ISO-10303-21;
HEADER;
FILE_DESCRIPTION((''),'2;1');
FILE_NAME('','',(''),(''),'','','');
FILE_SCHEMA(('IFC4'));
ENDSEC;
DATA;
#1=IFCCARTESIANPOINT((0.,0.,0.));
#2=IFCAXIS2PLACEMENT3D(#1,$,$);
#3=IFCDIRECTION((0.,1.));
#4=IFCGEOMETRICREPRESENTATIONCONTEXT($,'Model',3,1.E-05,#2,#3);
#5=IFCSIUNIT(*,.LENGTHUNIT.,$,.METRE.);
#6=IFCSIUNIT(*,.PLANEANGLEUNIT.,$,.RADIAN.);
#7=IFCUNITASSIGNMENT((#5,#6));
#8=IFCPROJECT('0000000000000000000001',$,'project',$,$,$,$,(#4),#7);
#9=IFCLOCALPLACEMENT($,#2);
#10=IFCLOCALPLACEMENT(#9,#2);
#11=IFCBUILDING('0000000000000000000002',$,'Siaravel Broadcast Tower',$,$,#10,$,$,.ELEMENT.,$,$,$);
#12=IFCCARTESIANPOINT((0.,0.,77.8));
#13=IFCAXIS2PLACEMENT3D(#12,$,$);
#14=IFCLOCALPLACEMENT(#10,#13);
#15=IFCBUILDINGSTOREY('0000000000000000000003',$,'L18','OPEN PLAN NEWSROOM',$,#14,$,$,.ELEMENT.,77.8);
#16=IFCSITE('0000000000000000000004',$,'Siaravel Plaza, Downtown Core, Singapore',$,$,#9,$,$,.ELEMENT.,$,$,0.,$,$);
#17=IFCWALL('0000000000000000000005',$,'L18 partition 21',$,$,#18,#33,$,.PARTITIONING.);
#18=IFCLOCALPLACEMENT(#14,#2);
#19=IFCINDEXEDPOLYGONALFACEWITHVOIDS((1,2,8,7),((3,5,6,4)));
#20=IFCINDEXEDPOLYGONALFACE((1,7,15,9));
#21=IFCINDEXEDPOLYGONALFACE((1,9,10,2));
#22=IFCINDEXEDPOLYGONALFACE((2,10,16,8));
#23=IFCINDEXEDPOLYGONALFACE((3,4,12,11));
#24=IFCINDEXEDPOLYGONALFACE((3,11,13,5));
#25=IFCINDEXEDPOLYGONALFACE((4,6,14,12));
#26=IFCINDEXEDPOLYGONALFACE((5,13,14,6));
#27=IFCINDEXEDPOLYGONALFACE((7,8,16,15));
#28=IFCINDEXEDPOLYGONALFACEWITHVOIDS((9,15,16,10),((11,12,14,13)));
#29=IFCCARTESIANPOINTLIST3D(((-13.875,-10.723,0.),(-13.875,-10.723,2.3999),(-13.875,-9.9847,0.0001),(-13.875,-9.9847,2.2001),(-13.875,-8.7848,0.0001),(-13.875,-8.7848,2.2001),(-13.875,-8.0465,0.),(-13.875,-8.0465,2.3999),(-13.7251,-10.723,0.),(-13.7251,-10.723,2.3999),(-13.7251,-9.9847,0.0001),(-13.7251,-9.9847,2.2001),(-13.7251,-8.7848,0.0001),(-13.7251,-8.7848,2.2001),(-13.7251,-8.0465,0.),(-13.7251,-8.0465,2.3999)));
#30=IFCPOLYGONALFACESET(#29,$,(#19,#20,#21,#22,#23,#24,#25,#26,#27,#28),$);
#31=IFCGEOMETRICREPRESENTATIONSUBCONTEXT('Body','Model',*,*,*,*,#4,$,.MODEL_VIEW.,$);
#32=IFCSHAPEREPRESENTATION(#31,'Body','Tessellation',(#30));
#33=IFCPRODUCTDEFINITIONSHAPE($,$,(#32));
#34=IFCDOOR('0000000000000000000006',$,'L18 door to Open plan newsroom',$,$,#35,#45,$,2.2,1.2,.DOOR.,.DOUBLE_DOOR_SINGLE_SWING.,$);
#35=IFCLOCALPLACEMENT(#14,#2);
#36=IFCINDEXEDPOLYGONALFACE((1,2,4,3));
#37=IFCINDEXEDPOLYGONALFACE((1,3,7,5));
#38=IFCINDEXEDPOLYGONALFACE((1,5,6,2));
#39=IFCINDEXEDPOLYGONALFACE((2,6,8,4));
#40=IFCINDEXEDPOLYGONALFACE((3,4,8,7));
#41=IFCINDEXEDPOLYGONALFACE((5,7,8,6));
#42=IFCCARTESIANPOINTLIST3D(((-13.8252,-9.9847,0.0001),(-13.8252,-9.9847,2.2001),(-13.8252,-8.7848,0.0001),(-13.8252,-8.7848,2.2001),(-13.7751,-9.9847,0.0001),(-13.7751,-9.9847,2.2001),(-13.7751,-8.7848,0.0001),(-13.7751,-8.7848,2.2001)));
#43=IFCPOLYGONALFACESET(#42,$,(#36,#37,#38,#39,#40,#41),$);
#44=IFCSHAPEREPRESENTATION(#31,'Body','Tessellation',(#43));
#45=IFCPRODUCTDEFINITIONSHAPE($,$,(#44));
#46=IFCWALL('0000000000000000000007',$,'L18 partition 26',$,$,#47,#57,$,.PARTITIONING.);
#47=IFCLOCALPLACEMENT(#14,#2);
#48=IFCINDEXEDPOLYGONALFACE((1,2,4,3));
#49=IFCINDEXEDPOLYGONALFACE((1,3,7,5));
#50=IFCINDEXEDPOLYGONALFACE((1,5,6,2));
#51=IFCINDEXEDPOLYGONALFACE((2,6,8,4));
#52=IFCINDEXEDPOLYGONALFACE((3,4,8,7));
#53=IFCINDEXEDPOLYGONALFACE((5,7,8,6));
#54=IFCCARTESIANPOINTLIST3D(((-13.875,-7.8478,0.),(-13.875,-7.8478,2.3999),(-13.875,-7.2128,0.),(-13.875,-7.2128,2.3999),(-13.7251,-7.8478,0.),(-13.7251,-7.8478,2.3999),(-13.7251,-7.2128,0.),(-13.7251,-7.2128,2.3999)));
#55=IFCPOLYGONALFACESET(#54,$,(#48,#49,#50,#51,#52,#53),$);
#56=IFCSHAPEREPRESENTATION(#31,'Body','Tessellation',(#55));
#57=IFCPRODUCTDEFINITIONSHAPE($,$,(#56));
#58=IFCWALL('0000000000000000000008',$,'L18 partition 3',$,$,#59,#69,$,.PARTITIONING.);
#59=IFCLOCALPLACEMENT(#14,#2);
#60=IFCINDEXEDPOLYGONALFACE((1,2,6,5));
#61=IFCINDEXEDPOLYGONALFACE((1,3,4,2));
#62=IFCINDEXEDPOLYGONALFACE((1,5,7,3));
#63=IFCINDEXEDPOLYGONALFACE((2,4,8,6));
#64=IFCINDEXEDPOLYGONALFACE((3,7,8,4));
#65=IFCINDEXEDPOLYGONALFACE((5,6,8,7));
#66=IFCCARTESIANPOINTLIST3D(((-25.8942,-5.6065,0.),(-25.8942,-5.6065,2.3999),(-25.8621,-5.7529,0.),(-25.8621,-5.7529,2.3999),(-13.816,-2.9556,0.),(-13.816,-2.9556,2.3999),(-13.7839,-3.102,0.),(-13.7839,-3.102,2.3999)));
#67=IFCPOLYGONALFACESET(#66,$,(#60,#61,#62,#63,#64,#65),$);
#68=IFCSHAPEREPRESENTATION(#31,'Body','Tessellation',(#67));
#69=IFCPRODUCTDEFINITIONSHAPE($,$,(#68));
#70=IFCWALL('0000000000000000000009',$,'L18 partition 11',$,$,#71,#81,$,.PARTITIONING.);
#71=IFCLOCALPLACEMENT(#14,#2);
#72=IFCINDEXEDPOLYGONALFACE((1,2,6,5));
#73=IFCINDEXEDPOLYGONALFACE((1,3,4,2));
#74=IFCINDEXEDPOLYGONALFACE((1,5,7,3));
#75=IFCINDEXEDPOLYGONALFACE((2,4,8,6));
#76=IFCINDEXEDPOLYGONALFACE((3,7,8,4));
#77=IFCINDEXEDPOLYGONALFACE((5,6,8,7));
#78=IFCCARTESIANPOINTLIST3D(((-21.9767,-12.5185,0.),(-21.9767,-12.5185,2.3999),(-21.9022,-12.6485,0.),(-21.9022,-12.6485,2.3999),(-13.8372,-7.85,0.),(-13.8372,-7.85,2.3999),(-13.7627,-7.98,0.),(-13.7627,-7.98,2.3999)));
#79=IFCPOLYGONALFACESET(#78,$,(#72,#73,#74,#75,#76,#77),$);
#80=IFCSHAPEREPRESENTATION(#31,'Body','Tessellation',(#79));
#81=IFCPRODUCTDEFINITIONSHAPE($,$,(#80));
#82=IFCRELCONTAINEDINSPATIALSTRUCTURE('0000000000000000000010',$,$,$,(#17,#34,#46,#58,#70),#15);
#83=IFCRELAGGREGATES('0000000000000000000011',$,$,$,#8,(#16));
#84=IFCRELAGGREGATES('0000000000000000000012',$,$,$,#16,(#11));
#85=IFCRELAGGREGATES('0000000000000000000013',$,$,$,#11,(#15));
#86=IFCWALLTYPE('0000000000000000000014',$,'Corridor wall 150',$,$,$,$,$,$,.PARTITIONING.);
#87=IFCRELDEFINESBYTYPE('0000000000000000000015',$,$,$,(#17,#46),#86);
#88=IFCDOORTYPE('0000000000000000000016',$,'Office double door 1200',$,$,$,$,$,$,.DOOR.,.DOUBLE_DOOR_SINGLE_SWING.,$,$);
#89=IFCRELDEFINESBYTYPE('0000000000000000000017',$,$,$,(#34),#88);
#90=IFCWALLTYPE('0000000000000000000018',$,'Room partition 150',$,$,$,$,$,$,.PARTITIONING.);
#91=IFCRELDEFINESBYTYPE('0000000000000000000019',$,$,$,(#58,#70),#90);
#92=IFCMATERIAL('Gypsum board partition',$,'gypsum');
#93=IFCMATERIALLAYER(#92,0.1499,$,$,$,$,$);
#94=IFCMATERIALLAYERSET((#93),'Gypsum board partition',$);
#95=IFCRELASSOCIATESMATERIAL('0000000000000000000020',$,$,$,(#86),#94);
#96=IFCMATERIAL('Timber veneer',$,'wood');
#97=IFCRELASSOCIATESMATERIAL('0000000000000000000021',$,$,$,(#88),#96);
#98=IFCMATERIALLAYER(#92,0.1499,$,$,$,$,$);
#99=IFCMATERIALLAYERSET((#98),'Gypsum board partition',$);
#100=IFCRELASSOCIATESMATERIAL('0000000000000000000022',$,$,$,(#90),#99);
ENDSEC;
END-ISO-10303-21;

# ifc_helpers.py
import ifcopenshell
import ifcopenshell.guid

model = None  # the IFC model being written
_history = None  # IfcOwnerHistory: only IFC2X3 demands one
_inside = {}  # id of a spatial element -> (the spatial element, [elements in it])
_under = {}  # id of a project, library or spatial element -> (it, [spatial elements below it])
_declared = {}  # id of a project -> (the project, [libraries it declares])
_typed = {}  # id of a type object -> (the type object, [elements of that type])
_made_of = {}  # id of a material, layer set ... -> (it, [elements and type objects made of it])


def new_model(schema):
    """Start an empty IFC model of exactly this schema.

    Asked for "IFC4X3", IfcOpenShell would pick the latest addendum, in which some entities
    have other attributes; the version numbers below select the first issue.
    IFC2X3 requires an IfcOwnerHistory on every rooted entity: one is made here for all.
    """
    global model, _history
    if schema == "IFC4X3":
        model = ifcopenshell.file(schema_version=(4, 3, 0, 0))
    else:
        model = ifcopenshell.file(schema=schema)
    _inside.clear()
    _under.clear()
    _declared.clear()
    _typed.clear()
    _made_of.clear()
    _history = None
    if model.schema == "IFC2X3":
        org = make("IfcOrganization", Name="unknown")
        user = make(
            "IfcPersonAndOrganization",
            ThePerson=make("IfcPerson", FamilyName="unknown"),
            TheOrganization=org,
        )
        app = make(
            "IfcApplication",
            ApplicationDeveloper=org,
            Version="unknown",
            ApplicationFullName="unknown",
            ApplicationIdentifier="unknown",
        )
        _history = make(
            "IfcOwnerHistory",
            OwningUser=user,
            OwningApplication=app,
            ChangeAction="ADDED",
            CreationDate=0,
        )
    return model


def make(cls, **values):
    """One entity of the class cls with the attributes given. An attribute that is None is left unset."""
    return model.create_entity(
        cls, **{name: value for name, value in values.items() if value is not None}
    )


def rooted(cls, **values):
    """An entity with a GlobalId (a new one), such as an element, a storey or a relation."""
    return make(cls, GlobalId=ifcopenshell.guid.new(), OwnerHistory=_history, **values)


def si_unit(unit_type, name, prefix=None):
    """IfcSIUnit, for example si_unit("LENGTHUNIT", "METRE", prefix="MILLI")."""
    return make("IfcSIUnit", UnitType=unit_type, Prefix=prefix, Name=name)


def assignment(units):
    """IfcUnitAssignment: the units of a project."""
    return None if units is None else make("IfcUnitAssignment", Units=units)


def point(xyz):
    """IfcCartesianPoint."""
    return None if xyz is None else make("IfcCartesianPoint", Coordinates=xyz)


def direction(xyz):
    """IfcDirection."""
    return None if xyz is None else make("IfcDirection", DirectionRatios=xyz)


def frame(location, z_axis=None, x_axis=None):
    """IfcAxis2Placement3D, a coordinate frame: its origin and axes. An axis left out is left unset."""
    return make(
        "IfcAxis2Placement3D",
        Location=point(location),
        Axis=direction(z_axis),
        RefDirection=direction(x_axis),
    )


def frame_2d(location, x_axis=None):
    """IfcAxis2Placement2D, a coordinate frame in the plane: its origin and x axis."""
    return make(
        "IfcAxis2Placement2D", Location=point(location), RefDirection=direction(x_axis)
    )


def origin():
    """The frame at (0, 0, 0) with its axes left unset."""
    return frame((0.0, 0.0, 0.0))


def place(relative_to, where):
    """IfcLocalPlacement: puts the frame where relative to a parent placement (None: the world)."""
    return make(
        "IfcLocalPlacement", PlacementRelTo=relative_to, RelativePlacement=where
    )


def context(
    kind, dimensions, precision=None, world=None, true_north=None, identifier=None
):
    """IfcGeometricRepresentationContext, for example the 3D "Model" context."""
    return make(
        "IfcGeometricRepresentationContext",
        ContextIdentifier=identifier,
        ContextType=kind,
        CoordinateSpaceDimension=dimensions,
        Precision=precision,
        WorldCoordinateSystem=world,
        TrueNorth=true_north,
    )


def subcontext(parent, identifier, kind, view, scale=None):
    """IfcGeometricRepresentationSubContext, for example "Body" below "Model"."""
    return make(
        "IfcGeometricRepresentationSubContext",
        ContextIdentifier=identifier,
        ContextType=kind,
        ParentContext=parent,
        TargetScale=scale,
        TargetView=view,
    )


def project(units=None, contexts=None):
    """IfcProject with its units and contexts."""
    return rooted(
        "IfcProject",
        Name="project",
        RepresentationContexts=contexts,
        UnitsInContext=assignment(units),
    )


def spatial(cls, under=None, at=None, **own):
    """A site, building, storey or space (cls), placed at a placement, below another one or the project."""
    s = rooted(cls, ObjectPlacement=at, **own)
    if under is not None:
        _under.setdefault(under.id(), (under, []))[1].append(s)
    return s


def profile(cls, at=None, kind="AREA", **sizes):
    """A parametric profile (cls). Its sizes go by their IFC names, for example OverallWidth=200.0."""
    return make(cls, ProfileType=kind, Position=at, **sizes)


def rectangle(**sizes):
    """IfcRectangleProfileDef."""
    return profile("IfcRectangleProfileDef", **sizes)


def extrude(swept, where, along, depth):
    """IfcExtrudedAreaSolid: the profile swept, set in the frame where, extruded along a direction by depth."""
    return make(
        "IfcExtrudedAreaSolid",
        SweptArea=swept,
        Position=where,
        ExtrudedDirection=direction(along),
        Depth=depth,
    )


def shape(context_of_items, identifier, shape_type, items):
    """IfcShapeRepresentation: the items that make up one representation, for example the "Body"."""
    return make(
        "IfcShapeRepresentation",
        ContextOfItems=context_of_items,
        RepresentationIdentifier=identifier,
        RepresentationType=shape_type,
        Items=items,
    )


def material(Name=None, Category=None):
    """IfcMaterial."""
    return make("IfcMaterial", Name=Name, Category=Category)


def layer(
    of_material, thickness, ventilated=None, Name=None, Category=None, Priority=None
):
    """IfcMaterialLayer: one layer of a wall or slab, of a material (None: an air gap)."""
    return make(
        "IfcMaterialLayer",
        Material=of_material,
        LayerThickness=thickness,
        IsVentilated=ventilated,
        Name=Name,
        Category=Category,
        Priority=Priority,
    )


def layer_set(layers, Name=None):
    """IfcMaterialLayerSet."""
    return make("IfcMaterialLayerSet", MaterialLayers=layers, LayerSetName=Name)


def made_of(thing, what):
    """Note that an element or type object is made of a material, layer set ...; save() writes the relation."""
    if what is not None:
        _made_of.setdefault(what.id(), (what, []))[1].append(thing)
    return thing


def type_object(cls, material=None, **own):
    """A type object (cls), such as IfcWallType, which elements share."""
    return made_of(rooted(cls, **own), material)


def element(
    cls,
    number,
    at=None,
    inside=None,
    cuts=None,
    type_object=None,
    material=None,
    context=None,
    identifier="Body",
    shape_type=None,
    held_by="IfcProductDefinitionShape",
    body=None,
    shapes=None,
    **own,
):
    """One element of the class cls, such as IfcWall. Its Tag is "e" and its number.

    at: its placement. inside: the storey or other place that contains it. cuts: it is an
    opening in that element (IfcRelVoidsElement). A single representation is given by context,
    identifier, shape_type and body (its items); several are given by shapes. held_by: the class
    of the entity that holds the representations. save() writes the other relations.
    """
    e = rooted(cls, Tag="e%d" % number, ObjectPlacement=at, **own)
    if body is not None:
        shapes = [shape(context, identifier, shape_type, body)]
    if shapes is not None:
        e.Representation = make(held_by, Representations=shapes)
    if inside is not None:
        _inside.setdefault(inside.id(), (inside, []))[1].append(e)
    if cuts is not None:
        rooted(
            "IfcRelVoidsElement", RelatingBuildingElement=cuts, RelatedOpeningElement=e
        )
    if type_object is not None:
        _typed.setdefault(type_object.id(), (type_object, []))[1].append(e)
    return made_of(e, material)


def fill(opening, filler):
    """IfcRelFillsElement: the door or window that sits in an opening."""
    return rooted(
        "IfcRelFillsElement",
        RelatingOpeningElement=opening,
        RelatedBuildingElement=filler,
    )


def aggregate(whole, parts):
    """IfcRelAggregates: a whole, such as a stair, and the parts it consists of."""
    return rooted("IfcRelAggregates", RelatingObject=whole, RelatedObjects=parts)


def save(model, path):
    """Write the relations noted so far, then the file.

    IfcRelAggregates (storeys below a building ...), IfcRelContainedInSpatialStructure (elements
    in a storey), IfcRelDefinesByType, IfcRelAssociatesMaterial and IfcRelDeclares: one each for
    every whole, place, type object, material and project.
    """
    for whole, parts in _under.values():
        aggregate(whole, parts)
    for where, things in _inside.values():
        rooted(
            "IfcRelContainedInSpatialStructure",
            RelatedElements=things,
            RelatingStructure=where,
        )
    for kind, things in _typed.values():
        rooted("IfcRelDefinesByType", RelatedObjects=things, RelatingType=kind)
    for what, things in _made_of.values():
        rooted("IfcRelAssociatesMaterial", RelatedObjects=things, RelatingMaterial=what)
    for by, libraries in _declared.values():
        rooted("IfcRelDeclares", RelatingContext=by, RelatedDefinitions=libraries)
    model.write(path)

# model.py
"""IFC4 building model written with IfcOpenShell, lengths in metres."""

from ifc_helpers import new_model, si_unit, direction, frame, frame_2d, origin, place, context, subcontext, project, spatial, rectangle, extrude, material, layer, layer_set, type_object, element, fill, save


model = new_model("IFC4")

# Units and contexts
model_context = context("Model", 3, precision=1e-05, world=origin(), true_north=direction((0.0, 1.0)))
body_context = subcontext(model_context, "Body", "Model", "MODEL_VIEW")
ifc_project = project(units=[si_unit("LENGTHUNIT", "METRE"), si_unit("PLANEANGLEUNIT", "RADIAN")], contexts=[model_context])

# Site, building, storey
site_placement = place(None, origin())
site = spatial("IfcSite", under=ifc_project, at=site_placement, Name="Siaravel Plaza, Downtown Core, Singapore", CompositionType="ELEMENT", RefElevation=0.0)
building_placement = place(site_placement, origin())
building = spatial("IfcBuilding", under=site, at=building_placement, Name="Siaravel Broadcast Tower", CompositionType="ELEMENT")
storey_placement = place(building_placement, frame((0.0, 0.0, 77.8)))
storey = spatial("IfcBuildingStorey", under=building, at=storey_placement, Name="L18", Description="OPEN PLAN NEWSROOM", CompositionType="ELEMENT", Elevation=77.8)

# Wall, opening, door
ifc_material_1 = material(Name="Gypsum board partition", Category="gypsum")
ifc_layer_1 = layer(ifc_material_1, 0.1499)
ifc_layer_set_1 = layer_set([ifc_layer_1], Name="Gypsum board partition")
wall_type_1 = type_object("IfcWallType", Name="Corridor wall 150", PredefinedType="PARTITIONING", material=ifc_layer_set_1)
ifc_material_2 = material(Name="Timber veneer", Category="wood")
door_type_1 = type_object("IfcDoorType", Name="Office double door 1200", OperationType="DOUBLE_DOOR_SINGLE_SWING", PredefinedType="DOOR", material=ifc_material_2)
wall_1_placement = place(storey_placement, frame((-13.8, -8.0464, 0.0), z_axis=(0.0, 0.0, 1.0), x_axis=(0.0, -1.0, 0.0)))
wall_1 = element("IfcWall", 1, at=wall_1_placement, inside=storey, type_object=wall_type_1, Name="L18 partition 21", PredefinedType="PARTITIONING", context=body_context, shape_type="SweptSolid", body=[
    extrude(rectangle(XDim=2.6765, YDim=0.1499, at=frame_2d((1.3384, 0.0))), origin(), (0.0, 0.0, 1.0), 2.3999),
])
opening_1_placement = place(wall_1_placement, frame((0.7383, 0.0, 0.0)))
opening_1 = element("IfcOpeningElement", 2, at=opening_1_placement, cuts=wall_1, PredefinedType="OPENING", context=body_context, shape_type="SweptSolid", body=[
    extrude(rectangle(XDim=1.2, YDim=2.2, at=frame_2d((0.6001, 1.1001))), frame((0.0, 0.085, 0.0), z_axis=(0.0, -1.0, 0.0), x_axis=(1.0, 0.0, 0.0)), (0.0, 0.0, 1.0), 0.1699),
])
door_1_placement = place(opening_1_placement, origin())
door_1 = element("IfcDoor", 3, at=door_1_placement, inside=storey, type_object=door_type_1, Name="L18 door to Open plan newsroom", OperationType="DOUBLE_DOOR_SINGLE_SWING", OverallHeight=2.2, OverallWidth=1.2, PredefinedType="DOOR", context=body_context, shape_type="SweptSolid", body=[
    extrude(rectangle(XDim=1.2, YDim=2.2, at=frame_2d((0.6001, 1.1001))), frame((0.0, 0.0249, 0.0), z_axis=(0.0, -1.0, 0.0), x_axis=(1.0, 0.0, 0.0)), (0.0, 0.0, 1.0), 0.05),
])
fill(opening_1, door_1)

# Walls
wall_2_placement = place(storey_placement, frame((-13.8, -7.2129, 0.0), z_axis=(0.0, 0.0, 1.0), x_axis=(0.0, -1.0, 0.0)))
element("IfcWall", 4, at=wall_2_placement, inside=storey, type_object=wall_type_1, Name="L18 partition 26", PredefinedType="PARTITIONING", context=body_context, shape_type="SweptSolid", body=[
    extrude(rectangle(XDim=0.635, YDim=0.1499, at=frame_2d((0.3174, 0.0))), origin(), (0.0, 0.0, 1.0), 2.3999),
])
ifc_layer_2 = layer(ifc_material_1, 0.1499)
ifc_layer_set_2 = layer_set([ifc_layer_2], Name="Gypsum board partition")
wall_type_2 = type_object("IfcWallType", Name="Room partition 150", PredefinedType="PARTITIONING", material=ifc_layer_set_2)
wall_3_placement = place(storey_placement, frame((-25.8782, -5.6797, 0.0), z_axis=(0.0, 0.0, 1.0), x_axis=(0.976751, 0.214375, 0.0)))
element("IfcWall", 5, at=wall_3_placement, inside=storey, type_object=wall_type_2, Name="L18 partition 3", PredefinedType="PARTITIONING", context=body_context, shape_type="SweptSolid", body=[
    extrude(rectangle(XDim=12.3657, YDim=0.1499, at=frame_2d((6.1829, 0.0))), origin(), (0.0, 0.0, 1.0), 2.3999),
])
wall_4_placement = place(storey_placement, frame((-21.9395, -12.5835, 0.0), z_axis=(0.0, 0.0, 1.0), x_axis=(0.867445, 0.497534, 0.0)))
element("IfcWall", 6, at=wall_4_placement, inside=storey, type_object=wall_type_2, Name="L18 partition 11", PredefinedType="PARTITIONING", context=body_context, shape_type="SweptSolid", body=[
    extrude(rectangle(XDim=9.3833, YDim=0.1499, at=frame_2d((4.6917, 0.0))), origin(), (0.0, 0.0, 1.0), 2.3999),
])

save(model, "model.ifc")
